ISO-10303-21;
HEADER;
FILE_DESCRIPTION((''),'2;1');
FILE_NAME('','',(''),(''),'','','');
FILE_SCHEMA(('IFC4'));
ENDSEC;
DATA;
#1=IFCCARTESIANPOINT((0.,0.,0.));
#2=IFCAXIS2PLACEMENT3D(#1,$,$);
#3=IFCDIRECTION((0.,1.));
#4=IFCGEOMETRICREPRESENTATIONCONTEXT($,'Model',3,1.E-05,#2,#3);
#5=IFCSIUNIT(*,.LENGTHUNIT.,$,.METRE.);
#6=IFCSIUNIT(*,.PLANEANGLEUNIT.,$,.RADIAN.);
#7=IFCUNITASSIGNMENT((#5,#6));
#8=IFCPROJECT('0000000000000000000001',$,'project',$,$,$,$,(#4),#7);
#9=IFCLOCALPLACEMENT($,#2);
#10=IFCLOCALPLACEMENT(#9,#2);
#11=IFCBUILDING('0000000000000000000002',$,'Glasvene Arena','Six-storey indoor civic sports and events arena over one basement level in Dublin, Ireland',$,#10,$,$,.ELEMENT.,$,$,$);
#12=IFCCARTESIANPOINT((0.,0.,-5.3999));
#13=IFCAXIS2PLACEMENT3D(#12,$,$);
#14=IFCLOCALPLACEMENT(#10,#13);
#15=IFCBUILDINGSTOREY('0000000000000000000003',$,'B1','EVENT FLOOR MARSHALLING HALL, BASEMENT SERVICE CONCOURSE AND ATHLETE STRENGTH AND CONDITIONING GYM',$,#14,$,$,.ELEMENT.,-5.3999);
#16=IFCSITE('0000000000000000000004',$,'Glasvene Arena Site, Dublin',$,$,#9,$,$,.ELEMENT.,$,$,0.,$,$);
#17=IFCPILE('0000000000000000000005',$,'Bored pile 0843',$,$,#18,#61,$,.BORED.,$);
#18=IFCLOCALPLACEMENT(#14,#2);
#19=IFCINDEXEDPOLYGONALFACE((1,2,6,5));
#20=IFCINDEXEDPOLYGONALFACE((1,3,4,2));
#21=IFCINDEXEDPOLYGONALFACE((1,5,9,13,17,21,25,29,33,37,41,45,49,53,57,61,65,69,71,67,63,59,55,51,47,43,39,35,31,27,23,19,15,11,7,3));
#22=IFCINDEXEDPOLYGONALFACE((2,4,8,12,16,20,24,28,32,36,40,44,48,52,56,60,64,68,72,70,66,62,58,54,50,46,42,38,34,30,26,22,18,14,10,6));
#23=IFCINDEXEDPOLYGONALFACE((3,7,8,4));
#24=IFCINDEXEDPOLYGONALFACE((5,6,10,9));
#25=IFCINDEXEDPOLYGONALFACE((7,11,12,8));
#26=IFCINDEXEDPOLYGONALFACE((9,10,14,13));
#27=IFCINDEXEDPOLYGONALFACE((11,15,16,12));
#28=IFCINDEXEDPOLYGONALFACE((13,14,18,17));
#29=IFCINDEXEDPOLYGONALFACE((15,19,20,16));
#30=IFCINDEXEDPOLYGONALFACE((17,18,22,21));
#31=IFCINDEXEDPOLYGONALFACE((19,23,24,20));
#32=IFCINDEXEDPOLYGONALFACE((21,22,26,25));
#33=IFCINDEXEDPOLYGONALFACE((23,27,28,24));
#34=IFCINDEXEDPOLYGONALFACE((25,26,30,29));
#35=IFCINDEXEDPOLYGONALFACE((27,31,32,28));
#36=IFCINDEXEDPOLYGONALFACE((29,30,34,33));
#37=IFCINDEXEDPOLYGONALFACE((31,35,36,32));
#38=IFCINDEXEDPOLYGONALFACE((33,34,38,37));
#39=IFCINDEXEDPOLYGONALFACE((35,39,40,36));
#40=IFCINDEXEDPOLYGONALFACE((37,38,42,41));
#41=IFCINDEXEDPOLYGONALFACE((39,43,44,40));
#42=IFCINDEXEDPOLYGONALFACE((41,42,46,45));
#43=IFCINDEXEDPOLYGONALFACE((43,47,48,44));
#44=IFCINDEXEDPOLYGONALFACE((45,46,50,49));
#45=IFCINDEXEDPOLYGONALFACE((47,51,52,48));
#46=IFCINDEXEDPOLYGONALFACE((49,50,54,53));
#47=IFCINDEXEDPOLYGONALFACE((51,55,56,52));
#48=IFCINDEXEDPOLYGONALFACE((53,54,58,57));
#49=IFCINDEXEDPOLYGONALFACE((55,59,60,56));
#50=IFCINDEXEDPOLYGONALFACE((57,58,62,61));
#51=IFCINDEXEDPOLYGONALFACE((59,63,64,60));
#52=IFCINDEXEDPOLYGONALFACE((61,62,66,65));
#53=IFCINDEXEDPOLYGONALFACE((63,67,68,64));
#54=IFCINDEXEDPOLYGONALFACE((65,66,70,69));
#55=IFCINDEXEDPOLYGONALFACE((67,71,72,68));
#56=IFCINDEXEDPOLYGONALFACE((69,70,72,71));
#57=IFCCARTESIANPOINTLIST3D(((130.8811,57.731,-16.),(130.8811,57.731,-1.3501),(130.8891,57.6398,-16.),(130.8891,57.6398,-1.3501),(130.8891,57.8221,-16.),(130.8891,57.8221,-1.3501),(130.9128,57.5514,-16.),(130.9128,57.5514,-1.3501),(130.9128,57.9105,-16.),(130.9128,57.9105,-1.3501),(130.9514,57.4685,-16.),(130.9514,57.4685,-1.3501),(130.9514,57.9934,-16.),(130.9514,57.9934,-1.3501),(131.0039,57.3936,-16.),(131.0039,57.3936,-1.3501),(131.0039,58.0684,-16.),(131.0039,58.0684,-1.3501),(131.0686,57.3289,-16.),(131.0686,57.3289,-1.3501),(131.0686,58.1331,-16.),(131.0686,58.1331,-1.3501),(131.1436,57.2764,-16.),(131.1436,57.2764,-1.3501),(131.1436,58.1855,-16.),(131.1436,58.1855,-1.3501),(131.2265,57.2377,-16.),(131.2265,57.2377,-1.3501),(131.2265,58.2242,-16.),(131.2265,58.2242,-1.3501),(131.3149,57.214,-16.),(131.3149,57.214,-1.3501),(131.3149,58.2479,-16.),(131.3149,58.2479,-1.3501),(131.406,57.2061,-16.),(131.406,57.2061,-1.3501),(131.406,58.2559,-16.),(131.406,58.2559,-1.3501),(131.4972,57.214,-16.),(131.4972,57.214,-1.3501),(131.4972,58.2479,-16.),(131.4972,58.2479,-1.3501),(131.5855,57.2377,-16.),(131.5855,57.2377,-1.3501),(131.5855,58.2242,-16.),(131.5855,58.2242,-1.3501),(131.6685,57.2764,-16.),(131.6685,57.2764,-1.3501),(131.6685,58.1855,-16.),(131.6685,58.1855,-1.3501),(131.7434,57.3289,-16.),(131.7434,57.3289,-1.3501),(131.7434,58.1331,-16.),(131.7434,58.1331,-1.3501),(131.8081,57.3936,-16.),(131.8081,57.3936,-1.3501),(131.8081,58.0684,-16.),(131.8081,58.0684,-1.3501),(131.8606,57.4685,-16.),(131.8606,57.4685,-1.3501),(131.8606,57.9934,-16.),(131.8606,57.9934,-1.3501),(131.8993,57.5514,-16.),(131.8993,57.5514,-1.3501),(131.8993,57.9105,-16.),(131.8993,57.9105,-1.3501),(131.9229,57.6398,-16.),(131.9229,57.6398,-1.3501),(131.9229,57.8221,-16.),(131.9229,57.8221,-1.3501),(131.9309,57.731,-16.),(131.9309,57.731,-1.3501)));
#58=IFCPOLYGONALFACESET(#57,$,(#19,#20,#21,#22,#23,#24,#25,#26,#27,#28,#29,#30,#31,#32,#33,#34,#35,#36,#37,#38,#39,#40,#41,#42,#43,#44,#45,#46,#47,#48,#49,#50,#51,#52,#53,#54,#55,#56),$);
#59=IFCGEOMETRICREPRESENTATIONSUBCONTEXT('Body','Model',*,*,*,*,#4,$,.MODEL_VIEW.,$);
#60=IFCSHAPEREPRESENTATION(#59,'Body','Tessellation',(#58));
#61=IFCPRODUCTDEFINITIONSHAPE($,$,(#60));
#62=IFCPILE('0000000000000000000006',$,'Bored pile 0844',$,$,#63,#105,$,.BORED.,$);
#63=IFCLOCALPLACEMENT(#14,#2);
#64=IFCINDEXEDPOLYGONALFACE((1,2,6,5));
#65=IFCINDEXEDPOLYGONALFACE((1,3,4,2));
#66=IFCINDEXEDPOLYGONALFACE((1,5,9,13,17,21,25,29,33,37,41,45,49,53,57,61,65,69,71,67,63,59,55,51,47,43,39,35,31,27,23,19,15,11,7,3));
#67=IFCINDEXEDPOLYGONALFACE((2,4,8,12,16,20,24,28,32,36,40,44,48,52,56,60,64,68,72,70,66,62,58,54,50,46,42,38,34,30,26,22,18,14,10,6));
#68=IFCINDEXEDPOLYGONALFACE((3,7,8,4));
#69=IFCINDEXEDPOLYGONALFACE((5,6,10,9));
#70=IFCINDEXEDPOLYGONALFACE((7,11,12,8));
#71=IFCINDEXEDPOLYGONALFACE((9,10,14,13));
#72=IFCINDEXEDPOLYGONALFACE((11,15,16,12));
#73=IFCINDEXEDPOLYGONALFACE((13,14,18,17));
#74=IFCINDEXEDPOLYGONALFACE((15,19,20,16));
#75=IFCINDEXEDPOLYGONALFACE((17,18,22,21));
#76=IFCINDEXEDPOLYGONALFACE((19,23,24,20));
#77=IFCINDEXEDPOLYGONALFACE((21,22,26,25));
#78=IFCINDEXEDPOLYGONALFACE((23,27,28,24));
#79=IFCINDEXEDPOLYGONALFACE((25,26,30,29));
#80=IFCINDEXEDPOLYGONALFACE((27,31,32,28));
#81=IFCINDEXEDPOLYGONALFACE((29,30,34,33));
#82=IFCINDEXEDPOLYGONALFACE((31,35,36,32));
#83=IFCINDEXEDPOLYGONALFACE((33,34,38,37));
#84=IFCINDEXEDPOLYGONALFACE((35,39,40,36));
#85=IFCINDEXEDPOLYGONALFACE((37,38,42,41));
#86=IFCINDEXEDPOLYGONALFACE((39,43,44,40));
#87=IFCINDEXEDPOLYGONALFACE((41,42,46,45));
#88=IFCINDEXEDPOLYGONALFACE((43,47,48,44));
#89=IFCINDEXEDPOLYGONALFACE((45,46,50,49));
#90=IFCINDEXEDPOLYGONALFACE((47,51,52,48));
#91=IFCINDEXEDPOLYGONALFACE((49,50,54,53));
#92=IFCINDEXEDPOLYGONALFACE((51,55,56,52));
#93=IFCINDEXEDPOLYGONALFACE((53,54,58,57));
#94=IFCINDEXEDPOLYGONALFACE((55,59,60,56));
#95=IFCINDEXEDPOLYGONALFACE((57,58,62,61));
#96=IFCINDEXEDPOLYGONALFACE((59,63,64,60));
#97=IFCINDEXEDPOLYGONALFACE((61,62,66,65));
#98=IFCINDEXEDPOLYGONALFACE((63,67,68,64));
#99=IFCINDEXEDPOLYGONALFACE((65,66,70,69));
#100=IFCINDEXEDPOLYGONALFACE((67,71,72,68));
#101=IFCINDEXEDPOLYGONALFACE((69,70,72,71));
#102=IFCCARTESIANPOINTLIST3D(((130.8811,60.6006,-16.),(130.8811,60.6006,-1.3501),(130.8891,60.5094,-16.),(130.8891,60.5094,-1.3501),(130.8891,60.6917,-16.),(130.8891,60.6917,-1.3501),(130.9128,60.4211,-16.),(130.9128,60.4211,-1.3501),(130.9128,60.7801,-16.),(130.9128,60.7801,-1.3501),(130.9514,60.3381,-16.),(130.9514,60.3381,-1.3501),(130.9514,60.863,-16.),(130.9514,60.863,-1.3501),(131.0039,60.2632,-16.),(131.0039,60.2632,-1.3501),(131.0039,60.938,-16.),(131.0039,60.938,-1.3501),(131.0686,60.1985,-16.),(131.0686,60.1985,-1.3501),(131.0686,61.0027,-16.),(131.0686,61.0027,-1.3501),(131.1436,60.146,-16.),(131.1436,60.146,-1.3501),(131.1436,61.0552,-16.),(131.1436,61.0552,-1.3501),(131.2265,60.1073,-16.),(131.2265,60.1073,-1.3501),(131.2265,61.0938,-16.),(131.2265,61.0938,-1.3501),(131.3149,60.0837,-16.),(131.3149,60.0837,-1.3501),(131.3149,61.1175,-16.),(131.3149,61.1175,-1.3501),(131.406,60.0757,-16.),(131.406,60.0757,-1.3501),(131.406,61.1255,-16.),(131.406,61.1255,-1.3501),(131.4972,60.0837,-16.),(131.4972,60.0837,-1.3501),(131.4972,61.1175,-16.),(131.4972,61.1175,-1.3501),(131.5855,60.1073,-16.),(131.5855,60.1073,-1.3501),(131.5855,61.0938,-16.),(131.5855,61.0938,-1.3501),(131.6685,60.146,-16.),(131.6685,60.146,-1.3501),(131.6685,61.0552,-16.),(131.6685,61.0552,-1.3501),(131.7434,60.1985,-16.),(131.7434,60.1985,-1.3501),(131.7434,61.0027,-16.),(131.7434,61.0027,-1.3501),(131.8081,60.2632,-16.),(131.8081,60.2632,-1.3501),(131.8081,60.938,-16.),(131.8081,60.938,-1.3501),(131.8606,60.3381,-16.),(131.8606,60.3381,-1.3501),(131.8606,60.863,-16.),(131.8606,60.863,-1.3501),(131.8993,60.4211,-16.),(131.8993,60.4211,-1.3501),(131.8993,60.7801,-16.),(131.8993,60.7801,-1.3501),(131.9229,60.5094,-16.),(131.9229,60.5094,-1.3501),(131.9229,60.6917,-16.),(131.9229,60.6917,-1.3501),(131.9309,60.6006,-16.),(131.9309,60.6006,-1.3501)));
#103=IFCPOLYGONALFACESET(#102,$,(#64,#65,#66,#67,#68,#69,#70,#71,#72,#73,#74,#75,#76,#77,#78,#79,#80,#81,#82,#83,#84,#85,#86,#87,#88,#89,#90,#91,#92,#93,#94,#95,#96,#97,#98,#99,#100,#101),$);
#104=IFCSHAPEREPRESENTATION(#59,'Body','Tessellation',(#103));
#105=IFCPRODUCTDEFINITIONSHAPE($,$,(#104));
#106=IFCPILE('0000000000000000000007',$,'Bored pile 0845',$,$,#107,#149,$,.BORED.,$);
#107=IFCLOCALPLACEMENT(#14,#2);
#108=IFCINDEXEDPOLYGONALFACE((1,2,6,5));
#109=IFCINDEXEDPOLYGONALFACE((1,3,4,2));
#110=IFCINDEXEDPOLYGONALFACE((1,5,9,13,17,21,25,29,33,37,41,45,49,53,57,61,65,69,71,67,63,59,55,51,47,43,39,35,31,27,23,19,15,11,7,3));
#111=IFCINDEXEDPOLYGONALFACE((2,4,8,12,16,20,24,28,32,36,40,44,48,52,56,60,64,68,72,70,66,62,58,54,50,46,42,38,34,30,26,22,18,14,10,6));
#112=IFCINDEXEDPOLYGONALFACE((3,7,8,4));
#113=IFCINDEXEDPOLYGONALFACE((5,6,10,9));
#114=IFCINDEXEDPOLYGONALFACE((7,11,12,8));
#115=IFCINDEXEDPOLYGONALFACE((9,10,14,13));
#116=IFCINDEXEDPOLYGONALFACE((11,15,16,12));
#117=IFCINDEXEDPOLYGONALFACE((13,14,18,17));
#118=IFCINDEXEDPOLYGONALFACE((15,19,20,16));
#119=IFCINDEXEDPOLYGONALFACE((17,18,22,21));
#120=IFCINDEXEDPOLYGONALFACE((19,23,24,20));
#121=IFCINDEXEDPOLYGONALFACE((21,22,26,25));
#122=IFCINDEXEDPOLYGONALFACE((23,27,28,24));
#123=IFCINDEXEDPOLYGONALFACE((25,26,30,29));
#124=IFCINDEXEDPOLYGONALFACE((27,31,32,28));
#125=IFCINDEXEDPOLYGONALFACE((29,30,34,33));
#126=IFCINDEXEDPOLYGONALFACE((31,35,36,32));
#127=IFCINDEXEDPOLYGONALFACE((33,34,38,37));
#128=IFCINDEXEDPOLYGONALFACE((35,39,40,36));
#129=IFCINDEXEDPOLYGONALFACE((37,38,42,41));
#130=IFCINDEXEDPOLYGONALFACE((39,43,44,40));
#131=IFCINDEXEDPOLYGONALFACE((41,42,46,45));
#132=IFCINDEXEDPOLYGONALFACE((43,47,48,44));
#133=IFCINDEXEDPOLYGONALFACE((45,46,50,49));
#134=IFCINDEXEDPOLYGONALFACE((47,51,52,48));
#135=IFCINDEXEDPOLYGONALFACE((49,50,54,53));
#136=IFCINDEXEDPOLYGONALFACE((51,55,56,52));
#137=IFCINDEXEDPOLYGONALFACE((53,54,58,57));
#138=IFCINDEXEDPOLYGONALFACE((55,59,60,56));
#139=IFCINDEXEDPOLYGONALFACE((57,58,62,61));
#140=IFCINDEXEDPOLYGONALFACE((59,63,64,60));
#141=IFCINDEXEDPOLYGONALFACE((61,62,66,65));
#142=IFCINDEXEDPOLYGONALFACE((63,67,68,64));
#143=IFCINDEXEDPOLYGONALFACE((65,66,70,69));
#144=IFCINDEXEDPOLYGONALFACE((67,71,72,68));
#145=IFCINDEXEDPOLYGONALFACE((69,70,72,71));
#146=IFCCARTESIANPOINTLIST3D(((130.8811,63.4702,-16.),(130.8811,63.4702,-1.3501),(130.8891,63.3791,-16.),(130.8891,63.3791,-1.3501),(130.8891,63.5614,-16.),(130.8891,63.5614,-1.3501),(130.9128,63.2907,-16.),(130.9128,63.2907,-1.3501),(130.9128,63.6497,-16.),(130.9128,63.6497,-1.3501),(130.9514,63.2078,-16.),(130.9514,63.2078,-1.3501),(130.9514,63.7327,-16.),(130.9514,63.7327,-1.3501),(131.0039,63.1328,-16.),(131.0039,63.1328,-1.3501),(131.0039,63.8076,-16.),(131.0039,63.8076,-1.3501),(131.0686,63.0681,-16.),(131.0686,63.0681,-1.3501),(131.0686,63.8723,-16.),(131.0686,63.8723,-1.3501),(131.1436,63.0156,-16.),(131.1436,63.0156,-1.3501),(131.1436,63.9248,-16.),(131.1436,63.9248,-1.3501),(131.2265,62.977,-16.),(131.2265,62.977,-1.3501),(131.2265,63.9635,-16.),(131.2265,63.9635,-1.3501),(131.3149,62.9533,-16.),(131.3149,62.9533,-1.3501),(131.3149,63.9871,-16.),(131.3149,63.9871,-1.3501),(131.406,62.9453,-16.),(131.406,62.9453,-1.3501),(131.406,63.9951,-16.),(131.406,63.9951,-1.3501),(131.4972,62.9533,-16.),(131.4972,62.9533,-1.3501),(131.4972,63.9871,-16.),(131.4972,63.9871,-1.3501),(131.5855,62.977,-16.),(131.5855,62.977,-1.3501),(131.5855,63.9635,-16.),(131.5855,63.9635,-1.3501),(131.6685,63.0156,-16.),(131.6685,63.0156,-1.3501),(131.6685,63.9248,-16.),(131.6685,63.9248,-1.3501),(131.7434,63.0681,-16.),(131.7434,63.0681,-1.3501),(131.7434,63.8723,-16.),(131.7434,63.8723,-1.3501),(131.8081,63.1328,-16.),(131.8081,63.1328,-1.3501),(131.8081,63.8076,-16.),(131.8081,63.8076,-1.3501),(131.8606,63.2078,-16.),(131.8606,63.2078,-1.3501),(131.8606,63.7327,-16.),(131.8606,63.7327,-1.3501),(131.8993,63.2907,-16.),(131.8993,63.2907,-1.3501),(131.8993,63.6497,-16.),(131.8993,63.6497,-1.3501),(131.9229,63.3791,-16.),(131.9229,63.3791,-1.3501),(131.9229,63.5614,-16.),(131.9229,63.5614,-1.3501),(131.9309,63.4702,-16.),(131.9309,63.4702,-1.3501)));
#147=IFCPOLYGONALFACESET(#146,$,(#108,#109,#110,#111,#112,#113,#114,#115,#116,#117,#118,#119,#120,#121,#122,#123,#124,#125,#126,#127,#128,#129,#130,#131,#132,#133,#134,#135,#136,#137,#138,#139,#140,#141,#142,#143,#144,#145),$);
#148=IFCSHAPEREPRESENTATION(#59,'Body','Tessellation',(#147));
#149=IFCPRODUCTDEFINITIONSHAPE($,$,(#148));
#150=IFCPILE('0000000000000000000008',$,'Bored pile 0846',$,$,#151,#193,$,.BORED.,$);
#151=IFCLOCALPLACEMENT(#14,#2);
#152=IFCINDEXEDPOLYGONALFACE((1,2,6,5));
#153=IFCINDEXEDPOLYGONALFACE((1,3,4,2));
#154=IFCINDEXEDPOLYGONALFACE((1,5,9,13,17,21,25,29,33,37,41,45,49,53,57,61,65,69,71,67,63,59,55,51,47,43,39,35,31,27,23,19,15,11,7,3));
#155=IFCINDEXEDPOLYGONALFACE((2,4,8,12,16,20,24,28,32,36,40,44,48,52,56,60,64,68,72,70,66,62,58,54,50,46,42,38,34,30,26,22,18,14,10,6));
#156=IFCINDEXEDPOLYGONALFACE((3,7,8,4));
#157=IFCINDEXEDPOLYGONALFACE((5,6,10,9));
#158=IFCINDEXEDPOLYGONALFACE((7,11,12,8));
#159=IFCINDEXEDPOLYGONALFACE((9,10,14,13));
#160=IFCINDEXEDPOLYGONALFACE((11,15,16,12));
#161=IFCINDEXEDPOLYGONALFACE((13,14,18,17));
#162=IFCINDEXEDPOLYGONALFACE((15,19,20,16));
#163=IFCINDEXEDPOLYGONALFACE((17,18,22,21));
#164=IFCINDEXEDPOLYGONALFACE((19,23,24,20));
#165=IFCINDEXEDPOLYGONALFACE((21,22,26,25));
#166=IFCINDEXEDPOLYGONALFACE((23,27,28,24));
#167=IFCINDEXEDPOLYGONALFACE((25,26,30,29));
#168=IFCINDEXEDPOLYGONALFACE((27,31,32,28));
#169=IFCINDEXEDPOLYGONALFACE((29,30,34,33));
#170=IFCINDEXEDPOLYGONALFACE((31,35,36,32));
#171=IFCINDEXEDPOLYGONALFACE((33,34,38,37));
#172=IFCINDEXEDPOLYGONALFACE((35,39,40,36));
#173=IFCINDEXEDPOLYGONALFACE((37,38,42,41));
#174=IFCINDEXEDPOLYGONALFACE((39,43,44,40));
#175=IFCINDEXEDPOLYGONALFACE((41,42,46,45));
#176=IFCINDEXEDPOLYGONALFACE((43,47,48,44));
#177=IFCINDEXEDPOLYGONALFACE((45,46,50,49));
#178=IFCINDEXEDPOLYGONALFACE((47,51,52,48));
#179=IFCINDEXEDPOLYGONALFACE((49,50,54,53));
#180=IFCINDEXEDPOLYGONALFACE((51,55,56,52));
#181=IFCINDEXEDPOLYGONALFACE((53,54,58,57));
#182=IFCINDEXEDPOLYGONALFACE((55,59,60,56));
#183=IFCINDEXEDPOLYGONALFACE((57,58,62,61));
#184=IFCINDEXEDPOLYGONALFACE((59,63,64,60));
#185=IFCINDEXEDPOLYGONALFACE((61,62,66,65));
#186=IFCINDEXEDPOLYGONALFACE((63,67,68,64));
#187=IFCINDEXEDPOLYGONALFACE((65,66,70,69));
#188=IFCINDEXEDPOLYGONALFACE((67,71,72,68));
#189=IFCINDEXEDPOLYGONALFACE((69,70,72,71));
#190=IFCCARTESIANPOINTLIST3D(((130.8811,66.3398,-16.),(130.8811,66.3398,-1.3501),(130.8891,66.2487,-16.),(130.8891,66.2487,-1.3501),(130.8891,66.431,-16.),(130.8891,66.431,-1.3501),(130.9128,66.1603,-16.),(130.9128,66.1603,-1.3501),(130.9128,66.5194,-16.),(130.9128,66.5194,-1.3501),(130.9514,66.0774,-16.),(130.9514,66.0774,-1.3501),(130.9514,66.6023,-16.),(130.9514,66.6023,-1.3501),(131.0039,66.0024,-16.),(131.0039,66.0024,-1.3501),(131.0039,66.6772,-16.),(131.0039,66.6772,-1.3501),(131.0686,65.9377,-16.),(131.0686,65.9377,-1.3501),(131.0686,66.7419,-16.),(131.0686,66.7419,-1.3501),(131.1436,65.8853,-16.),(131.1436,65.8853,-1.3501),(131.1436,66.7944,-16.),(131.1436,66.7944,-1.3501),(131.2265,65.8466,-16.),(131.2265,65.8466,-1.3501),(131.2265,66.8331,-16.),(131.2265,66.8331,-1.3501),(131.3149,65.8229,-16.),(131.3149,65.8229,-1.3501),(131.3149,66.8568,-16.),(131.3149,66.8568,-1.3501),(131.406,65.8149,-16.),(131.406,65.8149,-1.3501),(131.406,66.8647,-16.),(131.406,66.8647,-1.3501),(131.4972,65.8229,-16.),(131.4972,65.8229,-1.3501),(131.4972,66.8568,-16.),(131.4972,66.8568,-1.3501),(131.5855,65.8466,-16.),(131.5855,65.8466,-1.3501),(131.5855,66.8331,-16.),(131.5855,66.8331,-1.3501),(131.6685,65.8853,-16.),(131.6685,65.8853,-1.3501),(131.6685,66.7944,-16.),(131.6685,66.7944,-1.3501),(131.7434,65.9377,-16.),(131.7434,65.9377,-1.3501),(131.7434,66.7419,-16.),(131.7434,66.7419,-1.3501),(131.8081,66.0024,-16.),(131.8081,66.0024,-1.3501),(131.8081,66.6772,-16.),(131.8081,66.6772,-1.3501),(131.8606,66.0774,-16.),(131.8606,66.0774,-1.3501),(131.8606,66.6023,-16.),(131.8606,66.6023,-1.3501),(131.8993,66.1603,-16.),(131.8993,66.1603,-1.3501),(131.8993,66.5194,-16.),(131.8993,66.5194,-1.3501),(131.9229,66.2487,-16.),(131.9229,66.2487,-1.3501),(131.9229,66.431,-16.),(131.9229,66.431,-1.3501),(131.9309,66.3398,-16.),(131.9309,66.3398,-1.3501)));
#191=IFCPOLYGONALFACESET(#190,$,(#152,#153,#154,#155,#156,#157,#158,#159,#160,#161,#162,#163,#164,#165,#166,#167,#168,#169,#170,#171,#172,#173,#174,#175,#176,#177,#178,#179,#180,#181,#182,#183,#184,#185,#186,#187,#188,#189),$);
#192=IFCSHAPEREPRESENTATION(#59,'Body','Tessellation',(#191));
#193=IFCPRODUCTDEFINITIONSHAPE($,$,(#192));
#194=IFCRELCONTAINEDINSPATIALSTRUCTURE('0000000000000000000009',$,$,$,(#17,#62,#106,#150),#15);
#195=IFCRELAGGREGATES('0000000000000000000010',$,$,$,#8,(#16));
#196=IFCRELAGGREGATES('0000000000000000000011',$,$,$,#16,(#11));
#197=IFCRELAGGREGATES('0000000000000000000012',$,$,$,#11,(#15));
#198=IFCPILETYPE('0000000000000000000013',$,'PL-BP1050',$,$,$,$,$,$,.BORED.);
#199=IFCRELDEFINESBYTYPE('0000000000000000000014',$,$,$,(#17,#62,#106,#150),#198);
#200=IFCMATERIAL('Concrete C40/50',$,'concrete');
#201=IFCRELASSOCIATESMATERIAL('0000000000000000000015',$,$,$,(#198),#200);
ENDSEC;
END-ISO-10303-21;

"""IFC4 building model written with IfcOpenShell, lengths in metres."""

from ifc_helpers import new_model, si_unit, direction, frame, origin, origin_2d, place, context, subcontext, project, spatial, circle, extrude, material, material_profile, profile_set, type_object, element, save


model = new_model("IFC4")

# Units and contexts
model_context = context("Model", 3, precision=1e-05, world=origin(), true_north=direction((0.0, 1.0)))
body_context = subcontext(model_context, "Body", "Model", "MODEL_VIEW")
ifc_project = project(units=[si_unit("LENGTHUNIT", "METRE"), si_unit("PLANEANGLEUNIT", "RADIAN")], contexts=[model_context])

# Site, building, storey
site_placement = place(None, origin())
site = spatial("IfcSite", under=ifc_project, at=site_placement, Name="Glasvene Arena Site, Dublin", CompositionType="ELEMENT", RefElevation=0.0)
building_placement = place(site_placement, origin())
building = spatial("IfcBuilding", under=site, at=building_placement, Name="Glasvene Arena", Description="Six-storey indoor civic sports and events arena over one basement level in Dublin, Ireland", CompositionType="ELEMENT")
storey_placement = place(building_placement, frame((0.0, 0.0, -5.3999)))
storey = spatial("IfcBuildingStorey", under=building, at=storey_placement, Name="B1", Description="EVENT FLOOR MARSHALLING HALL, BASEMENT SERVICE CONCOURSE AND ATHLETE STRENGTH AND CONDITIONING GYM", CompositionType="ELEMENT", Elevation=-5.3999)

# Piles
ifc_material_1 = material(Name="Concrete C40/50", Category="concrete")
ifc_material_profile_1 = material_profile(ifc_material_1, circle(Radius=0.5249, at=origin_2d()), Name="BORED PILE 1050")
ifc_profile_set_1 = profile_set([ifc_material_profile_1], Name="Concrete C40/50")
pile_type = type_object("IfcPileType", Name="PL-BP1050", PredefinedType="BORED", material=ifc_profile_set_1)
for number, where, z_axis, x_axis, name in (
    (1, (131.406, 57.731, -1.3501), (0.0, 0.0, -1.0), (1.0, 0.0, 0.0), "Bored pile 0843"),
    (2, (131.406, 60.6006, -1.3501), (0.0, 0.0, -1.0), (1.0, 0.0, 0.0), "Bored pile 0844"),
    (3, (131.406, 63.4702, -1.3501), (0.0, 0.0, -1.0), (1.0, 0.0, 0.0), "Bored pile 0845"),
    (4, (131.406, 66.3398, -1.3501), (0.0, 0.0, -1.0), (1.0, 0.0, 0.0), "Bored pile 0846"),
):
    element("IfcPile", number, at=place(storey_placement, frame(where, z_axis=z_axis, x_axis=x_axis)), inside=storey, type_object=pile_type, Name=name, PredefinedType="BORED", context=body_context, shape_type="SweptSolid", body=[
        extrude(circle(Radius=0.5249, at=origin_2d()), origin(), (0.0, 0.0, 1.0), 14.6499),
    ])

save(model, "model.ifc")
